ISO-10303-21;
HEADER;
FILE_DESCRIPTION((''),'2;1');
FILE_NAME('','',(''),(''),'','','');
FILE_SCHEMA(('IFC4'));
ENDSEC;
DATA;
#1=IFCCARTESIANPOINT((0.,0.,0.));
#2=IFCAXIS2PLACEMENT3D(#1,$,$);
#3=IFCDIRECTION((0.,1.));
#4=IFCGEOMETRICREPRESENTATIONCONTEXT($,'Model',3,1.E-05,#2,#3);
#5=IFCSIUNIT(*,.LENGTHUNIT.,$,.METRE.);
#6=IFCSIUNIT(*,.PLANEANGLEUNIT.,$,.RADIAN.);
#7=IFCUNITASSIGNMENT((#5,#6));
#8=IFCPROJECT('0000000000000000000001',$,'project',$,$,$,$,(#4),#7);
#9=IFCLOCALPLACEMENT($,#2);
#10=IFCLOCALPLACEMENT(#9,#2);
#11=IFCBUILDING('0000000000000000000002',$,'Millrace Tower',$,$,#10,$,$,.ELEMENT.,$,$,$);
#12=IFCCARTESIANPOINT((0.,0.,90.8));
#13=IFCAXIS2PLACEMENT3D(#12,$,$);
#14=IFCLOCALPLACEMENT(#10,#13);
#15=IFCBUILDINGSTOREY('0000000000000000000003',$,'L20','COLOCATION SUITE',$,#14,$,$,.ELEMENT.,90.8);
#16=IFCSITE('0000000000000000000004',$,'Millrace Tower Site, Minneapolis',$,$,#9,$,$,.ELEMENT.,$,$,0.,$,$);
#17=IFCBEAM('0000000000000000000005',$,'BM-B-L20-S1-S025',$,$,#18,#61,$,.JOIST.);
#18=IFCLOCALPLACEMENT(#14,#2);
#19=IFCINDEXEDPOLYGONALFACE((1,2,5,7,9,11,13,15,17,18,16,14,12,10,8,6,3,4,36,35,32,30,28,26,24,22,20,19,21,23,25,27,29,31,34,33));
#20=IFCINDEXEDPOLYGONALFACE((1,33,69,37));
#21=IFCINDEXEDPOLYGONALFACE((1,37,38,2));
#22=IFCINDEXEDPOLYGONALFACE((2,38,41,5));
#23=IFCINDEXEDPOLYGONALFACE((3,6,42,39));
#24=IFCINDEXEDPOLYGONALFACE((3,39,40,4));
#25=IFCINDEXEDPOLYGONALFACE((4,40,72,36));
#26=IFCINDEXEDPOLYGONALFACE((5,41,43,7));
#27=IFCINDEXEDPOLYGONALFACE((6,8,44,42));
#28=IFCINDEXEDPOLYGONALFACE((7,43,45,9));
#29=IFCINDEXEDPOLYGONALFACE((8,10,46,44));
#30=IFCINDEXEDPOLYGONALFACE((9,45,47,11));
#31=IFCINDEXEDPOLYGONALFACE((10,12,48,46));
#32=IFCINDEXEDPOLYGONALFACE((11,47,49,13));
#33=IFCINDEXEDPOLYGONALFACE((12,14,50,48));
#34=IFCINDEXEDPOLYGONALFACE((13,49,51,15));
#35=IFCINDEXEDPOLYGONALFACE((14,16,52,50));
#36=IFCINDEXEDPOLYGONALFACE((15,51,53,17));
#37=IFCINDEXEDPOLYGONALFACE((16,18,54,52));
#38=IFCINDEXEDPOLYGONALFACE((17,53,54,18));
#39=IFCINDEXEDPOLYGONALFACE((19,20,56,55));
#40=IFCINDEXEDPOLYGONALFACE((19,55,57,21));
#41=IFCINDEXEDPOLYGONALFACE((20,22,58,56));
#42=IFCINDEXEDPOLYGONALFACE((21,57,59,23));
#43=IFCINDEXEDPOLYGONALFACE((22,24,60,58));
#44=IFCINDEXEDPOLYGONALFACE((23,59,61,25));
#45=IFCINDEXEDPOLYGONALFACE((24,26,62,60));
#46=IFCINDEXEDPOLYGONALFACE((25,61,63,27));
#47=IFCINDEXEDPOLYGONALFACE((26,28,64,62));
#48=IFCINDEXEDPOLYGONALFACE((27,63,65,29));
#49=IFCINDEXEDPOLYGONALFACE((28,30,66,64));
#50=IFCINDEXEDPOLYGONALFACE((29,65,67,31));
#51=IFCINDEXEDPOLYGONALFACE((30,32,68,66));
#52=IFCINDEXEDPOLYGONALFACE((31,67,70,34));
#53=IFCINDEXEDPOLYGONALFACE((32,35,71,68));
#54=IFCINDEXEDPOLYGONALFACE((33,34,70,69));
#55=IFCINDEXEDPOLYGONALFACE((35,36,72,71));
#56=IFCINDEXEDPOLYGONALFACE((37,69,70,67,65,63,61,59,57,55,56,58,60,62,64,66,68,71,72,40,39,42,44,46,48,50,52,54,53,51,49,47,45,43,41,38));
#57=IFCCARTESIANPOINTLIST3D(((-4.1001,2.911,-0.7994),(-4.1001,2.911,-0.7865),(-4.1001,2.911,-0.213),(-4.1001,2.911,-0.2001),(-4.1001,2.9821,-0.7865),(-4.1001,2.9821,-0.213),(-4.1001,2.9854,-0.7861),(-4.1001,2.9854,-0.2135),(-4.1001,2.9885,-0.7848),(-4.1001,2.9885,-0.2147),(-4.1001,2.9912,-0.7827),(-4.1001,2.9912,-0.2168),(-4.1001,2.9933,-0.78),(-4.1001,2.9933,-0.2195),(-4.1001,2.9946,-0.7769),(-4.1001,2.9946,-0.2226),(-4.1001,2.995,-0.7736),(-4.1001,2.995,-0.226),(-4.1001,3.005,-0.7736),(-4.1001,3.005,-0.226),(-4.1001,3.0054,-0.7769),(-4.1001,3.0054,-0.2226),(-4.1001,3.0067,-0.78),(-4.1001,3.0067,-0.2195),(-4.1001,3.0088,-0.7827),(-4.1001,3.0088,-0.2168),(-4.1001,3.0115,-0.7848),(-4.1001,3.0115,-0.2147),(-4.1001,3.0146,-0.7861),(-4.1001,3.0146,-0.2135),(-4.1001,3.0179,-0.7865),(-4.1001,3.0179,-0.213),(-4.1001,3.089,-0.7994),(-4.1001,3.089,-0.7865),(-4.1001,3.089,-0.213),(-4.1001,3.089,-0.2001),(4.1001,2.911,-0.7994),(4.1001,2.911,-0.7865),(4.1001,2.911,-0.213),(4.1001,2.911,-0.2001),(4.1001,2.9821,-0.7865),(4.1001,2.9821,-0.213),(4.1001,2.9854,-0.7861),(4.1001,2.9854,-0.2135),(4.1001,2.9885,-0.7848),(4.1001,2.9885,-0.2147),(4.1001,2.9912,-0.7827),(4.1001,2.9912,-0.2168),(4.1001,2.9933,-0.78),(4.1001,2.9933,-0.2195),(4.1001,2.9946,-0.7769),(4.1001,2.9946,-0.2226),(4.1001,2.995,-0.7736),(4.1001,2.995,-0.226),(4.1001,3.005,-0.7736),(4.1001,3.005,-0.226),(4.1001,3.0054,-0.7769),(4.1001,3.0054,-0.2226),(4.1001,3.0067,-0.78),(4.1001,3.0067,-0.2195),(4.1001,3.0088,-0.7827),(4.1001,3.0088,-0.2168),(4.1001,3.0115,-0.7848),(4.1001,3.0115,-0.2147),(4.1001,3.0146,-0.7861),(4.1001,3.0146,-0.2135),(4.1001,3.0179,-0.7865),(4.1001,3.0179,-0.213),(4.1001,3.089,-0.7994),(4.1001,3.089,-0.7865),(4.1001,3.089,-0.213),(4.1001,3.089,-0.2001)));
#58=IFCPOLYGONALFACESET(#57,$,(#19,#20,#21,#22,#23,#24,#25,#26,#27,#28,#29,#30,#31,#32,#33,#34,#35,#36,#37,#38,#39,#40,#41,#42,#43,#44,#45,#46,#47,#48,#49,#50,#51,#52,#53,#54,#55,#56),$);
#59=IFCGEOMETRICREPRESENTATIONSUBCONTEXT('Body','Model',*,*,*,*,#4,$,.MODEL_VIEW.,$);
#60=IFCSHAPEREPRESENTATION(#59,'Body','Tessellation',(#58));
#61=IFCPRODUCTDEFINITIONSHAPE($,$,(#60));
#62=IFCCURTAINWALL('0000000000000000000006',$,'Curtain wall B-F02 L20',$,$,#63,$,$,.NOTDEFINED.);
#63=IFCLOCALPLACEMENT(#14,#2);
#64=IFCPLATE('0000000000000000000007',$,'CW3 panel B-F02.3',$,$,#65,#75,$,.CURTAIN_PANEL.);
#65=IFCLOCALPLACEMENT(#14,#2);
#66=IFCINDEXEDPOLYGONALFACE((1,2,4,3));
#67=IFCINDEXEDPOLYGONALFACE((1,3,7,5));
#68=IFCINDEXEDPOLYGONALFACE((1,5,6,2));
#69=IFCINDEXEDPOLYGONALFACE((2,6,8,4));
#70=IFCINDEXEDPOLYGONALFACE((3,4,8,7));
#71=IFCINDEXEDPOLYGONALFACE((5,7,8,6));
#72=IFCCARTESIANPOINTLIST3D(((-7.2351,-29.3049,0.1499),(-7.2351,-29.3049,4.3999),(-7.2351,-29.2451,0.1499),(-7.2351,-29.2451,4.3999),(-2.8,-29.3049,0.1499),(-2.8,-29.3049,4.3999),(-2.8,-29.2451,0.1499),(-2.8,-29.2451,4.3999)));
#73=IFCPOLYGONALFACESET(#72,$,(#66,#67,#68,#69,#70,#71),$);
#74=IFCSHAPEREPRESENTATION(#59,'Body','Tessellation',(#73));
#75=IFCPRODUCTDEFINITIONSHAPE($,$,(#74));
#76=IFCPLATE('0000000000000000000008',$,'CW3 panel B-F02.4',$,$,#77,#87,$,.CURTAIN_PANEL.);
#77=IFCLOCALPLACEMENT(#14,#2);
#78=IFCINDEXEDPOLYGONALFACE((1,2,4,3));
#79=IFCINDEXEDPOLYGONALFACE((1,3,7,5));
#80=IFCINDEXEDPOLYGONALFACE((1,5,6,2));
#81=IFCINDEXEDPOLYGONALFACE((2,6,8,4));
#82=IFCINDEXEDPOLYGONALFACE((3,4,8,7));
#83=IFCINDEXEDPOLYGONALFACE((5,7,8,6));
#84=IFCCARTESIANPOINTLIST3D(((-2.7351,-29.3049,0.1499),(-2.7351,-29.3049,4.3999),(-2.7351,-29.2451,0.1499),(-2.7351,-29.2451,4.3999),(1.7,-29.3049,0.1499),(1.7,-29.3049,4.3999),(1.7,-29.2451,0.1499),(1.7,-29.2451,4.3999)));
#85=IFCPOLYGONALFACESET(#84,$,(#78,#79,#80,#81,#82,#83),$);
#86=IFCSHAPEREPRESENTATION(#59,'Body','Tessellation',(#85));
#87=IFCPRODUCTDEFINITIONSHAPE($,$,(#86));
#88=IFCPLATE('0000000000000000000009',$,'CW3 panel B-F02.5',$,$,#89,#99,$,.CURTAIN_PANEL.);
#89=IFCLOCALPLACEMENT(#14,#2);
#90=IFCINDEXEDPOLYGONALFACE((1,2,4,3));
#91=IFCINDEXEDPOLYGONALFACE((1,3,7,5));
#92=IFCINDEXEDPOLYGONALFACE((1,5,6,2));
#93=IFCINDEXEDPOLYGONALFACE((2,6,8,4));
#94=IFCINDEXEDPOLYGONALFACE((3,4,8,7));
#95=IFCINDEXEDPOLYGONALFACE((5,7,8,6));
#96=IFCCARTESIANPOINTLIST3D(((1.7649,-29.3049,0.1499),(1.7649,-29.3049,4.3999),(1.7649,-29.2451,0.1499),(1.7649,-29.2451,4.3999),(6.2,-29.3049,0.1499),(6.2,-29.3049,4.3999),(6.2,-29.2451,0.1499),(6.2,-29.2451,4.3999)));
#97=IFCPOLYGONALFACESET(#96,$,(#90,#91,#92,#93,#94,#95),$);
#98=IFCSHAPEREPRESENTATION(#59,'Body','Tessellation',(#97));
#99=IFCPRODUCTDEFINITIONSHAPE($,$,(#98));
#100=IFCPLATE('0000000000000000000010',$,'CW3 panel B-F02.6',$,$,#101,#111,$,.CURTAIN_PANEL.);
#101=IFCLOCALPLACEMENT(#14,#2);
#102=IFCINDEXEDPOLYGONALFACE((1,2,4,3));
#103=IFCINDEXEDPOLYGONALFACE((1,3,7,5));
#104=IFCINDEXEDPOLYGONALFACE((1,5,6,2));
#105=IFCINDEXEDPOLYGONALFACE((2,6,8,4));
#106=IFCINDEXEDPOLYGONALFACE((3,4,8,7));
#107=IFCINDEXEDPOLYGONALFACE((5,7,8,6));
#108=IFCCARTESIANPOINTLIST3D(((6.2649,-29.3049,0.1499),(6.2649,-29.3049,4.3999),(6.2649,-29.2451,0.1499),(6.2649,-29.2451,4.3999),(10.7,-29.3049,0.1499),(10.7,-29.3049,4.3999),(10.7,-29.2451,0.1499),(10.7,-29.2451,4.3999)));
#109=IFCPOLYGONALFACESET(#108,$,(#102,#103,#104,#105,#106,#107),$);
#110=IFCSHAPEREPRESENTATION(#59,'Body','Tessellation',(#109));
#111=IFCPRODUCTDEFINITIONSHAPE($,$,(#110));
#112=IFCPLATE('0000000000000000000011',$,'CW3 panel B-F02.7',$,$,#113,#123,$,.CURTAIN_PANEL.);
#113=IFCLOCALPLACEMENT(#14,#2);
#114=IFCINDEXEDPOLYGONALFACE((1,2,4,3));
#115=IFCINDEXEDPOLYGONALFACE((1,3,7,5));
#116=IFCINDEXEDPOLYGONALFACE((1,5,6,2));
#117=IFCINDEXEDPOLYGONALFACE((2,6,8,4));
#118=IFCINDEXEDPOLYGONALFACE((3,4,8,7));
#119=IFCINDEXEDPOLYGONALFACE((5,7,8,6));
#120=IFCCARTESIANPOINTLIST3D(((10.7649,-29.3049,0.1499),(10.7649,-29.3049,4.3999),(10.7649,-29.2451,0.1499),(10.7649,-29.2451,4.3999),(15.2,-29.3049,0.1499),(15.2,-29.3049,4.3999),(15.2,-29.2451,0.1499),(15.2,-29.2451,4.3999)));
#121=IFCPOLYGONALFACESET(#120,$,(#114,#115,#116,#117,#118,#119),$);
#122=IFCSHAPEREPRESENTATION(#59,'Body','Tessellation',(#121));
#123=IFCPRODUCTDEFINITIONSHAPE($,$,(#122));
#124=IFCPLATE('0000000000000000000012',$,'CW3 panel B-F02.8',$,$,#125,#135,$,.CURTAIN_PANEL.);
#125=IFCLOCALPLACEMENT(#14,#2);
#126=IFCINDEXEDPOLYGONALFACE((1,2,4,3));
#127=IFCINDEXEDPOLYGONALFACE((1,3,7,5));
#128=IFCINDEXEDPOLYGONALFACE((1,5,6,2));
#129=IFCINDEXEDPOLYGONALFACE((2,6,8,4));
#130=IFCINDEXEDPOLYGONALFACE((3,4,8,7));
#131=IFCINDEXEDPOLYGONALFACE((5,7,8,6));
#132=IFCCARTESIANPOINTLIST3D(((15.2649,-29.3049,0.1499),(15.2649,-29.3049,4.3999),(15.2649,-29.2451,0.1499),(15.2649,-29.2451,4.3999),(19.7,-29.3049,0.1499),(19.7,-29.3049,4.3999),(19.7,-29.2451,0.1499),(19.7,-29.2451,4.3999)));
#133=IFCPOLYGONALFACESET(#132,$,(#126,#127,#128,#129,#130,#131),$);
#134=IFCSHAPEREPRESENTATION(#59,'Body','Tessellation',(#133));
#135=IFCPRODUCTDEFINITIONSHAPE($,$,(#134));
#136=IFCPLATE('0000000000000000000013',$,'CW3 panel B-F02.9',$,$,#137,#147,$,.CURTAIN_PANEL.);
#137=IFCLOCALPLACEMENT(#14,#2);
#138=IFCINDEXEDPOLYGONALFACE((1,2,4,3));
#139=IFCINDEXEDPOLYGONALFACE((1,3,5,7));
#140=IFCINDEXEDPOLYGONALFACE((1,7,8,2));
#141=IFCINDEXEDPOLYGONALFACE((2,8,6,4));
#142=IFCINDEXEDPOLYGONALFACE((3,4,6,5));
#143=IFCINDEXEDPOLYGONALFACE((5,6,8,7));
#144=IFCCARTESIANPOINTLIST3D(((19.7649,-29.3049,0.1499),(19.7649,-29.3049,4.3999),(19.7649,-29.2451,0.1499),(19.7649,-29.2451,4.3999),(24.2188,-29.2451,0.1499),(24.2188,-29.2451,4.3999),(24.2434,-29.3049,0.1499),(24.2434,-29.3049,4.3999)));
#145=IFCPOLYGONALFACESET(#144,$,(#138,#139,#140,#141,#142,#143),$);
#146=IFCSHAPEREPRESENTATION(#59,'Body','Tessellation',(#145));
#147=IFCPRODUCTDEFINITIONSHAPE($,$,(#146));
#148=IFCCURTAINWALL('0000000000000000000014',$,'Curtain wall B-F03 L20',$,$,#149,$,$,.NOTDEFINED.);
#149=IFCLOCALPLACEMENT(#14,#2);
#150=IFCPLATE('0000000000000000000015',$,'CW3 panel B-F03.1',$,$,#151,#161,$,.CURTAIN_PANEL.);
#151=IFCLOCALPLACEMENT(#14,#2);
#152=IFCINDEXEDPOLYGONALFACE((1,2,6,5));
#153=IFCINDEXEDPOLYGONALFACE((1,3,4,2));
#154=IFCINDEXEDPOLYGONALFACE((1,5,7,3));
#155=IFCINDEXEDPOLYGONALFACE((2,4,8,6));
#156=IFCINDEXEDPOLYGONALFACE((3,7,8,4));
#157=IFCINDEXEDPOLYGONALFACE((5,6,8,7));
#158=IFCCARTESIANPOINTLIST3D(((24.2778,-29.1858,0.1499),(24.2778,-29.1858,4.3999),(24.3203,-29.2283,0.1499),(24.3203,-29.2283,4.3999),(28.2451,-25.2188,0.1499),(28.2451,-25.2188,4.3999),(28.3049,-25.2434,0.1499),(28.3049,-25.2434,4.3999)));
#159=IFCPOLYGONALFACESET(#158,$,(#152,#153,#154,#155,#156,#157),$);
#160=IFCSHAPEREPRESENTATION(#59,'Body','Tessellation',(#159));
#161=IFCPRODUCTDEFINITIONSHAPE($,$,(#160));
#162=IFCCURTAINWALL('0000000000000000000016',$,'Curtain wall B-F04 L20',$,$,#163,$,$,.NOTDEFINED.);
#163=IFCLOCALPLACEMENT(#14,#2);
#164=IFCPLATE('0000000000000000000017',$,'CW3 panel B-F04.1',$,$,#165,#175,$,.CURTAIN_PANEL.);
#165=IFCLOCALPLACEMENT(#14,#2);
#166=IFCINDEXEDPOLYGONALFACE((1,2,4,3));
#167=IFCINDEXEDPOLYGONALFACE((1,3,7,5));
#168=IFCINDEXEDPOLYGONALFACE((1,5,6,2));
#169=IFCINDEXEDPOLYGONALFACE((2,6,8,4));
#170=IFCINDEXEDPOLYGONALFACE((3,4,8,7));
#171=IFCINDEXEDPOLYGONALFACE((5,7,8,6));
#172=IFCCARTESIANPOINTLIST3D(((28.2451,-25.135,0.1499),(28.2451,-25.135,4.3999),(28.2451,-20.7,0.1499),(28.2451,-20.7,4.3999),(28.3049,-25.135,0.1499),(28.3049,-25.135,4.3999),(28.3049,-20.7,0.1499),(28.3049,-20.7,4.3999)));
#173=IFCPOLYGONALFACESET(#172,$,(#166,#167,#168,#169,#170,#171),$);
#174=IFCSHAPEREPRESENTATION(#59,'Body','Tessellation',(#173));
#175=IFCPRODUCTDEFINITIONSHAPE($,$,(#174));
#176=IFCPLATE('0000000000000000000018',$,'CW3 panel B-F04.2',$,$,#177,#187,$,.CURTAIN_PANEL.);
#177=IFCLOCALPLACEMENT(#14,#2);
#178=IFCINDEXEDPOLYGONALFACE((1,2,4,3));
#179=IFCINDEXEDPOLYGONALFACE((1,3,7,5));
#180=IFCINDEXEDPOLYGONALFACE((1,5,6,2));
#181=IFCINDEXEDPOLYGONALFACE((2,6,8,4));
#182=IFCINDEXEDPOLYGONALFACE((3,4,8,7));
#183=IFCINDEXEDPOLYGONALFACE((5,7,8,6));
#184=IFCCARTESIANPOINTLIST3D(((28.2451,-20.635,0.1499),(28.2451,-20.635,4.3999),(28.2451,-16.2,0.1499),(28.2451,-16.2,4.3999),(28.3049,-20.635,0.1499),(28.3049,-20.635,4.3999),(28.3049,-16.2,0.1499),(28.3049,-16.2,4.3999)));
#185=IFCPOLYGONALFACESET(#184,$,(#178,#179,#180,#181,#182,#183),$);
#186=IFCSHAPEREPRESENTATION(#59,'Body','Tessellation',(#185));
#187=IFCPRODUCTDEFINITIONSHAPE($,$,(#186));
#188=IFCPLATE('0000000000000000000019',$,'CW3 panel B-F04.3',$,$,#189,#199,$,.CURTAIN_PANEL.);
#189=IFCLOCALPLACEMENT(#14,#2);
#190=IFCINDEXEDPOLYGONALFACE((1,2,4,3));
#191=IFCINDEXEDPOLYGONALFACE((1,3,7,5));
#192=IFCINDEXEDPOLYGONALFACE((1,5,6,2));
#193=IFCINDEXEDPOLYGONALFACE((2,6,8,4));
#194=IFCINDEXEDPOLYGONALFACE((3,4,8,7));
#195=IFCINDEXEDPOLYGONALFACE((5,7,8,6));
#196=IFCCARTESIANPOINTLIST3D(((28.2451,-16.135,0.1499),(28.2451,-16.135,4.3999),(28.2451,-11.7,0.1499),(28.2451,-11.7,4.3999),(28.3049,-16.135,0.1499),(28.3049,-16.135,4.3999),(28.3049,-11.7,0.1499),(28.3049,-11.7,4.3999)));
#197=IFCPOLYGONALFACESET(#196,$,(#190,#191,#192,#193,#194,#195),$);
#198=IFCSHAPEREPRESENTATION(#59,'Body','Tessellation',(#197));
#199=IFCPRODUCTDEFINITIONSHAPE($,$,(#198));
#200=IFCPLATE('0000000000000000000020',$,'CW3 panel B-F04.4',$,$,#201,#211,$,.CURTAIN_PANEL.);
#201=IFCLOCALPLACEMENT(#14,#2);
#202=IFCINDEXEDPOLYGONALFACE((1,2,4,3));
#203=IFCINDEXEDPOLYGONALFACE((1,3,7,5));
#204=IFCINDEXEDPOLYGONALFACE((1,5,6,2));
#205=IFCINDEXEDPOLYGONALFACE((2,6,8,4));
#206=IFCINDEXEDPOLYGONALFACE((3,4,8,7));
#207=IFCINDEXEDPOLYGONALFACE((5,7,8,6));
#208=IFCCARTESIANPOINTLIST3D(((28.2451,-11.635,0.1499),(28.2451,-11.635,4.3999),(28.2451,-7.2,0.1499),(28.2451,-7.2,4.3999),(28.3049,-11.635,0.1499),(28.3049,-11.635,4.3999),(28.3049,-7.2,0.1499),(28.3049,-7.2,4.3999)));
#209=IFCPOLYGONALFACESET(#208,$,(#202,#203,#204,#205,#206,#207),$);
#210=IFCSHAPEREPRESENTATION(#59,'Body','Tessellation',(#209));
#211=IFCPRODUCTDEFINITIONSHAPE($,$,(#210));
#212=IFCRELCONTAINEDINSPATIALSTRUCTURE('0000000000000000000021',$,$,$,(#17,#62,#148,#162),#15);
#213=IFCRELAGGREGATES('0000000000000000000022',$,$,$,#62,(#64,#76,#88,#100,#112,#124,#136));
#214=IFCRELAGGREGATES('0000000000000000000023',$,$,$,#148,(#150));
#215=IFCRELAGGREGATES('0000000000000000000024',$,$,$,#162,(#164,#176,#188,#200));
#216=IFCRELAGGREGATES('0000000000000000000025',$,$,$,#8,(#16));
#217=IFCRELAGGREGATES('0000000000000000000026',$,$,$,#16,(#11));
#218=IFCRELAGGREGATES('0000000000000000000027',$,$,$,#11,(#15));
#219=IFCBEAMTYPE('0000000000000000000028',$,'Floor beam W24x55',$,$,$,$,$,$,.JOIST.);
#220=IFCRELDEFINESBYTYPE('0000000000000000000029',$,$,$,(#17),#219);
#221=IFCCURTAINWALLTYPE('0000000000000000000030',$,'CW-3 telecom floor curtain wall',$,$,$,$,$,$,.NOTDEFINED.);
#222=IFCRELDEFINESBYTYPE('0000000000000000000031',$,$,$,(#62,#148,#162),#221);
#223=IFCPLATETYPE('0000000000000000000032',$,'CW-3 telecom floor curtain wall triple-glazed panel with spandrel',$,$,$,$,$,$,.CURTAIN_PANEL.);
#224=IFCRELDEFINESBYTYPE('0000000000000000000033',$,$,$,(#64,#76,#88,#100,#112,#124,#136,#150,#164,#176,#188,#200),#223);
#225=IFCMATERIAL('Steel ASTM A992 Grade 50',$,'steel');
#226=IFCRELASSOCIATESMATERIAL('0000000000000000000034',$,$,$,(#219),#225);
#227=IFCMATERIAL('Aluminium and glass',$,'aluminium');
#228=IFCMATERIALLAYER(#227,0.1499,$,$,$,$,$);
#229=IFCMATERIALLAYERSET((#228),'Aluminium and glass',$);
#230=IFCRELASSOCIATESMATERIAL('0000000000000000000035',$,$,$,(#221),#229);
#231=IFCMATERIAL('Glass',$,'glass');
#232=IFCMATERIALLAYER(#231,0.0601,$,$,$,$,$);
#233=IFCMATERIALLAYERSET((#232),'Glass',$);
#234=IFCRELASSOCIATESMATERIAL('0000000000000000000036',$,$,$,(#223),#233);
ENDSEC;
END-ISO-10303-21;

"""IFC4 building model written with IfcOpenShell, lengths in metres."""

from ifc_helpers import new_model, si_unit, direction, frame, origin, origin_2d, place, context, subcontext, project, spatial, polyline, i_section, outline, extrude, material, layer, layer_set, material_profile, profile_set, type_object, element, aggregate, save


model = new_model("IFC4")

# Units and contexts
model_context = context("Model", 3, precision=1e-05, world=origin(), true_north=direction((0.0, 1.0)))
body_context = subcontext(model_context, "Body", "Model", "MODEL_VIEW")
ifc_project = project(units=[si_unit("LENGTHUNIT", "METRE"), si_unit("PLANEANGLEUNIT", "RADIAN")], contexts=[model_context])

# Site, building, storey
site_placement = place(None, origin())
site = spatial("IfcSite", under=ifc_project, at=site_placement, Name="Millrace Tower Site, Minneapolis", CompositionType="ELEMENT", RefElevation=0.0)
building_placement = place(site_placement, origin())
building = spatial("IfcBuilding", under=site, at=building_placement, Name="Millrace Tower", CompositionType="ELEMENT")
storey_placement = place(building_placement, frame((0.0, 0.0, 90.8)))
storey = spatial("IfcBuildingStorey", under=building, at=storey_placement, Name="L20", Description="COLOCATION SUITE", CompositionType="ELEMENT", Elevation=90.8)

# Beam
ifc_material_1 = material(Name="Steel ASTM A992 Grade 50", Category="steel")
ifc_material_profile = material_profile(ifc_material_1, i_section(OverallWidth=0.178, OverallDepth=0.5994, WebThickness=0.01, FlangeThickness=0.0129, FilletRadius=0.0129, at=origin_2d()))
ifc_profile_set = profile_set([ifc_material_profile], Name="Steel ASTM A992 Grade 50")
beam_type = type_object("IfcBeamType", Name="Floor beam W24x55", PredefinedType="JOIST", material=ifc_profile_set)
beam_placement = place(storey_placement, frame((-4.1001, 3.0, -0.4998), z_axis=(1.0, 0.0, 0.0), x_axis=(0.0, 1.0, 0.0)))
element("IfcBeam", 1, at=beam_placement, inside=storey, type_object=beam_type, Name="BM-B-L20-S1-S025", PredefinedType="JOIST", context=body_context, shape_type="SweptSolid", body=[
    extrude(i_section(OverallWidth=0.178, OverallDepth=0.5994, WebThickness=0.01, FlangeThickness=0.0129, FilletRadius=0.0129, at=origin_2d()), origin(), (0.0, 0.0, 1.0), 8.2002),
])

# Curtain wall, plates
ifc_material_2 = material(Name="Aluminium and glass", Category="aluminium")
ifc_layer_1 = layer(ifc_material_2, 0.1499)
ifc_layer_set_1 = layer_set([ifc_layer_1], Name="Aluminium and glass")
curtain_wall_type = type_object("IfcCurtainWallType", Name="CW-3 telecom floor curtain wall", PredefinedType="NOTDEFINED", material=ifc_layer_set_1)
placement_1 = place(storey_placement, origin())
curtain_wall_1 = element("IfcCurtainWall", 2, at=placement_1, inside=storey, type_object=curtain_wall_type, Name="Curtain wall B-F02 L20", PredefinedType="NOTDEFINED")
ifc_material_3 = material(Name="Glass", Category="glass")
ifc_layer_2 = layer(ifc_material_3, 0.0601)
ifc_layer_set_2 = layer_set([ifc_layer_2], Name="Glass")
plate_type = type_object("IfcPlateType", Name="CW-3 telecom floor curtain wall triple-glazed panel with spandrel", PredefinedType="CURTAIN_PANEL", material=ifc_layer_set_2)
placement_2 = place(storey_placement, frame((0.0, 0.0, 0.1499)))
plate_1 = element("IfcPlate", 3, at=placement_2, type_object=plate_type, Name="CW3 panel B-F02.3", PredefinedType="CURTAIN_PANEL", context=body_context, shape_type="SweptSolid", body=[
    extrude(outline(polyline([(-7.2351, -29.3049), (-2.8, -29.3049), (-2.8, -29.2451), (-7.2351, -29.2451), (-7.2351, -29.3049)])), origin(), (0.0, 0.0, 1.0), 4.25),
])
plate_2 = element("IfcPlate", 4, at=placement_2, type_object=plate_type, Name="CW3 panel B-F02.4", PredefinedType="CURTAIN_PANEL", context=body_context, shape_type="SweptSolid", body=[
    extrude(outline(polyline([(-2.7351, -29.3049), (1.7, -29.3049), (1.7, -29.2451), (-2.7351, -29.2451), (-2.7351, -29.3049)])), origin(), (0.0, 0.0, 1.0), 4.25),
])
plate_3 = element("IfcPlate", 5, at=placement_2, type_object=plate_type, Name="CW3 panel B-F02.5", PredefinedType="CURTAIN_PANEL", context=body_context, shape_type="SweptSolid", body=[
    extrude(outline(polyline([(1.7649, -29.3049), (6.2, -29.3049), (6.2, -29.2451), (1.7649, -29.2451), (1.7649, -29.3049)])), origin(), (0.0, 0.0, 1.0), 4.25),
])
plate_4 = element("IfcPlate", 6, at=placement_2, type_object=plate_type, Name="CW3 panel B-F02.6", PredefinedType="CURTAIN_PANEL", context=body_context, shape_type="SweptSolid", body=[
    extrude(outline(polyline([(6.2649, -29.3049), (10.7, -29.3049), (10.7, -29.2451), (6.2649, -29.2451), (6.2649, -29.3049)])), origin(), (0.0, 0.0, 1.0), 4.25),
])
plate_5 = element("IfcPlate", 7, at=placement_2, type_object=plate_type, Name="CW3 panel B-F02.7", PredefinedType="CURTAIN_PANEL", context=body_context, shape_type="SweptSolid", body=[
    extrude(outline(polyline([(10.7649, -29.3049), (15.2, -29.3049), (15.2, -29.2451), (10.7649, -29.2451), (10.7649, -29.3049)])), origin(), (0.0, 0.0, 1.0), 4.25),
])
plate_6 = element("IfcPlate", 8, at=placement_2, type_object=plate_type, Name="CW3 panel B-F02.8", PredefinedType="CURTAIN_PANEL", context=body_context, shape_type="SweptSolid", body=[
    extrude(outline(polyline([(15.2649, -29.3049), (19.7, -29.3049), (19.7, -29.2451), (15.2649, -29.2451), (15.2649, -29.3049)])), origin(), (0.0, 0.0, 1.0), 4.25),
])
plate_7 = element("IfcPlate", 9, at=placement_2, type_object=plate_type, Name="CW3 panel B-F02.9", PredefinedType="CURTAIN_PANEL", context=body_context, shape_type="SweptSolid", body=[
    extrude(outline(polyline([(19.7649, -29.3049), (24.2434, -29.3049), (24.2188, -29.2451), (19.7649, -29.2451), (19.7649, -29.3049)])), origin(), (0.0, 0.0, 1.0), 4.25),
])
aggregate(curtain_wall_1, [plate_1, plate_2, plate_3, plate_4, plate_5, plate_6, plate_7])

# Curtain wall, plate
curtain_wall_2 = element("IfcCurtainWall", 10, at=placement_1, inside=storey, type_object=curtain_wall_type, Name="Curtain wall B-F03 L20", PredefinedType="NOTDEFINED")
plate_8 = element("IfcPlate", 11, at=placement_2, type_object=plate_type, Name="CW3 panel B-F03.1", PredefinedType="CURTAIN_PANEL", context=body_context, shape_type="SweptSolid", body=[
    extrude(outline(polyline([(24.3203, -29.2283), (28.3049, -25.2434), (28.2451, -25.2188), (24.2778, -29.1858), (24.3203, -29.2283)])), origin(), (0.0, 0.0, 1.0), 4.25),
])
aggregate(curtain_wall_2, [plate_8])

# Curtain wall, plates
curtain_wall_3 = element("IfcCurtainWall", 12, at=placement_1, inside=storey, type_object=curtain_wall_type, Name="Curtain wall B-F04 L20", PredefinedType="NOTDEFINED")
plate_9 = element("IfcPlate", 13, at=placement_2, type_object=plate_type, Name="CW3 panel B-F04.1", PredefinedType="CURTAIN_PANEL", context=body_context, shape_type="SweptSolid", body=[
    extrude(outline(polyline([(28.3049, -25.135), (28.3049, -20.7), (28.2451, -20.7), (28.2451, -25.135), (28.3049, -25.135)])), origin(), (0.0, 0.0, 1.0), 4.25),
])
plate_10 = element("IfcPlate", 14, at=placement_2, type_object=plate_type, Name="CW3 panel B-F04.2", PredefinedType="CURTAIN_PANEL", context=body_context, shape_type="SweptSolid", body=[
    extrude(outline(polyline([(28.3049, -20.635), (28.3049, -16.2), (28.2451, -16.2), (28.2451, -20.635), (28.3049, -20.635)])), origin(), (0.0, 0.0, 1.0), 4.25),
])
plate_11 = element("IfcPlate", 15, at=placement_2, type_object=plate_type, Name="CW3 panel B-F04.3", PredefinedType="CURTAIN_PANEL", context=body_context, shape_type="SweptSolid", body=[
    extrude(outline(polyline([(28.3049, -16.135), (28.3049, -11.7), (28.2451, -11.7), (28.2451, -16.135), (28.3049, -16.135)])), origin(), (0.0, 0.0, 1.0), 4.25),
])
plate_12 = element("IfcPlate", 16, at=placement_2, type_object=plate_type, Name="CW3 panel B-F04.4", PredefinedType="CURTAIN_PANEL", context=body_context, shape_type="SweptSolid", body=[
    extrude(outline(polyline([(28.3049, -11.635), (28.3049, -7.2), (28.2451, -7.2), (28.2451, -11.635), (28.3049, -11.635)])), origin(), (0.0, 0.0, 1.0), 4.25),
])
aggregate(curtain_wall_3, [plate_9, plate_10, plate_11, plate_12])

save(model, "model.ifc")
